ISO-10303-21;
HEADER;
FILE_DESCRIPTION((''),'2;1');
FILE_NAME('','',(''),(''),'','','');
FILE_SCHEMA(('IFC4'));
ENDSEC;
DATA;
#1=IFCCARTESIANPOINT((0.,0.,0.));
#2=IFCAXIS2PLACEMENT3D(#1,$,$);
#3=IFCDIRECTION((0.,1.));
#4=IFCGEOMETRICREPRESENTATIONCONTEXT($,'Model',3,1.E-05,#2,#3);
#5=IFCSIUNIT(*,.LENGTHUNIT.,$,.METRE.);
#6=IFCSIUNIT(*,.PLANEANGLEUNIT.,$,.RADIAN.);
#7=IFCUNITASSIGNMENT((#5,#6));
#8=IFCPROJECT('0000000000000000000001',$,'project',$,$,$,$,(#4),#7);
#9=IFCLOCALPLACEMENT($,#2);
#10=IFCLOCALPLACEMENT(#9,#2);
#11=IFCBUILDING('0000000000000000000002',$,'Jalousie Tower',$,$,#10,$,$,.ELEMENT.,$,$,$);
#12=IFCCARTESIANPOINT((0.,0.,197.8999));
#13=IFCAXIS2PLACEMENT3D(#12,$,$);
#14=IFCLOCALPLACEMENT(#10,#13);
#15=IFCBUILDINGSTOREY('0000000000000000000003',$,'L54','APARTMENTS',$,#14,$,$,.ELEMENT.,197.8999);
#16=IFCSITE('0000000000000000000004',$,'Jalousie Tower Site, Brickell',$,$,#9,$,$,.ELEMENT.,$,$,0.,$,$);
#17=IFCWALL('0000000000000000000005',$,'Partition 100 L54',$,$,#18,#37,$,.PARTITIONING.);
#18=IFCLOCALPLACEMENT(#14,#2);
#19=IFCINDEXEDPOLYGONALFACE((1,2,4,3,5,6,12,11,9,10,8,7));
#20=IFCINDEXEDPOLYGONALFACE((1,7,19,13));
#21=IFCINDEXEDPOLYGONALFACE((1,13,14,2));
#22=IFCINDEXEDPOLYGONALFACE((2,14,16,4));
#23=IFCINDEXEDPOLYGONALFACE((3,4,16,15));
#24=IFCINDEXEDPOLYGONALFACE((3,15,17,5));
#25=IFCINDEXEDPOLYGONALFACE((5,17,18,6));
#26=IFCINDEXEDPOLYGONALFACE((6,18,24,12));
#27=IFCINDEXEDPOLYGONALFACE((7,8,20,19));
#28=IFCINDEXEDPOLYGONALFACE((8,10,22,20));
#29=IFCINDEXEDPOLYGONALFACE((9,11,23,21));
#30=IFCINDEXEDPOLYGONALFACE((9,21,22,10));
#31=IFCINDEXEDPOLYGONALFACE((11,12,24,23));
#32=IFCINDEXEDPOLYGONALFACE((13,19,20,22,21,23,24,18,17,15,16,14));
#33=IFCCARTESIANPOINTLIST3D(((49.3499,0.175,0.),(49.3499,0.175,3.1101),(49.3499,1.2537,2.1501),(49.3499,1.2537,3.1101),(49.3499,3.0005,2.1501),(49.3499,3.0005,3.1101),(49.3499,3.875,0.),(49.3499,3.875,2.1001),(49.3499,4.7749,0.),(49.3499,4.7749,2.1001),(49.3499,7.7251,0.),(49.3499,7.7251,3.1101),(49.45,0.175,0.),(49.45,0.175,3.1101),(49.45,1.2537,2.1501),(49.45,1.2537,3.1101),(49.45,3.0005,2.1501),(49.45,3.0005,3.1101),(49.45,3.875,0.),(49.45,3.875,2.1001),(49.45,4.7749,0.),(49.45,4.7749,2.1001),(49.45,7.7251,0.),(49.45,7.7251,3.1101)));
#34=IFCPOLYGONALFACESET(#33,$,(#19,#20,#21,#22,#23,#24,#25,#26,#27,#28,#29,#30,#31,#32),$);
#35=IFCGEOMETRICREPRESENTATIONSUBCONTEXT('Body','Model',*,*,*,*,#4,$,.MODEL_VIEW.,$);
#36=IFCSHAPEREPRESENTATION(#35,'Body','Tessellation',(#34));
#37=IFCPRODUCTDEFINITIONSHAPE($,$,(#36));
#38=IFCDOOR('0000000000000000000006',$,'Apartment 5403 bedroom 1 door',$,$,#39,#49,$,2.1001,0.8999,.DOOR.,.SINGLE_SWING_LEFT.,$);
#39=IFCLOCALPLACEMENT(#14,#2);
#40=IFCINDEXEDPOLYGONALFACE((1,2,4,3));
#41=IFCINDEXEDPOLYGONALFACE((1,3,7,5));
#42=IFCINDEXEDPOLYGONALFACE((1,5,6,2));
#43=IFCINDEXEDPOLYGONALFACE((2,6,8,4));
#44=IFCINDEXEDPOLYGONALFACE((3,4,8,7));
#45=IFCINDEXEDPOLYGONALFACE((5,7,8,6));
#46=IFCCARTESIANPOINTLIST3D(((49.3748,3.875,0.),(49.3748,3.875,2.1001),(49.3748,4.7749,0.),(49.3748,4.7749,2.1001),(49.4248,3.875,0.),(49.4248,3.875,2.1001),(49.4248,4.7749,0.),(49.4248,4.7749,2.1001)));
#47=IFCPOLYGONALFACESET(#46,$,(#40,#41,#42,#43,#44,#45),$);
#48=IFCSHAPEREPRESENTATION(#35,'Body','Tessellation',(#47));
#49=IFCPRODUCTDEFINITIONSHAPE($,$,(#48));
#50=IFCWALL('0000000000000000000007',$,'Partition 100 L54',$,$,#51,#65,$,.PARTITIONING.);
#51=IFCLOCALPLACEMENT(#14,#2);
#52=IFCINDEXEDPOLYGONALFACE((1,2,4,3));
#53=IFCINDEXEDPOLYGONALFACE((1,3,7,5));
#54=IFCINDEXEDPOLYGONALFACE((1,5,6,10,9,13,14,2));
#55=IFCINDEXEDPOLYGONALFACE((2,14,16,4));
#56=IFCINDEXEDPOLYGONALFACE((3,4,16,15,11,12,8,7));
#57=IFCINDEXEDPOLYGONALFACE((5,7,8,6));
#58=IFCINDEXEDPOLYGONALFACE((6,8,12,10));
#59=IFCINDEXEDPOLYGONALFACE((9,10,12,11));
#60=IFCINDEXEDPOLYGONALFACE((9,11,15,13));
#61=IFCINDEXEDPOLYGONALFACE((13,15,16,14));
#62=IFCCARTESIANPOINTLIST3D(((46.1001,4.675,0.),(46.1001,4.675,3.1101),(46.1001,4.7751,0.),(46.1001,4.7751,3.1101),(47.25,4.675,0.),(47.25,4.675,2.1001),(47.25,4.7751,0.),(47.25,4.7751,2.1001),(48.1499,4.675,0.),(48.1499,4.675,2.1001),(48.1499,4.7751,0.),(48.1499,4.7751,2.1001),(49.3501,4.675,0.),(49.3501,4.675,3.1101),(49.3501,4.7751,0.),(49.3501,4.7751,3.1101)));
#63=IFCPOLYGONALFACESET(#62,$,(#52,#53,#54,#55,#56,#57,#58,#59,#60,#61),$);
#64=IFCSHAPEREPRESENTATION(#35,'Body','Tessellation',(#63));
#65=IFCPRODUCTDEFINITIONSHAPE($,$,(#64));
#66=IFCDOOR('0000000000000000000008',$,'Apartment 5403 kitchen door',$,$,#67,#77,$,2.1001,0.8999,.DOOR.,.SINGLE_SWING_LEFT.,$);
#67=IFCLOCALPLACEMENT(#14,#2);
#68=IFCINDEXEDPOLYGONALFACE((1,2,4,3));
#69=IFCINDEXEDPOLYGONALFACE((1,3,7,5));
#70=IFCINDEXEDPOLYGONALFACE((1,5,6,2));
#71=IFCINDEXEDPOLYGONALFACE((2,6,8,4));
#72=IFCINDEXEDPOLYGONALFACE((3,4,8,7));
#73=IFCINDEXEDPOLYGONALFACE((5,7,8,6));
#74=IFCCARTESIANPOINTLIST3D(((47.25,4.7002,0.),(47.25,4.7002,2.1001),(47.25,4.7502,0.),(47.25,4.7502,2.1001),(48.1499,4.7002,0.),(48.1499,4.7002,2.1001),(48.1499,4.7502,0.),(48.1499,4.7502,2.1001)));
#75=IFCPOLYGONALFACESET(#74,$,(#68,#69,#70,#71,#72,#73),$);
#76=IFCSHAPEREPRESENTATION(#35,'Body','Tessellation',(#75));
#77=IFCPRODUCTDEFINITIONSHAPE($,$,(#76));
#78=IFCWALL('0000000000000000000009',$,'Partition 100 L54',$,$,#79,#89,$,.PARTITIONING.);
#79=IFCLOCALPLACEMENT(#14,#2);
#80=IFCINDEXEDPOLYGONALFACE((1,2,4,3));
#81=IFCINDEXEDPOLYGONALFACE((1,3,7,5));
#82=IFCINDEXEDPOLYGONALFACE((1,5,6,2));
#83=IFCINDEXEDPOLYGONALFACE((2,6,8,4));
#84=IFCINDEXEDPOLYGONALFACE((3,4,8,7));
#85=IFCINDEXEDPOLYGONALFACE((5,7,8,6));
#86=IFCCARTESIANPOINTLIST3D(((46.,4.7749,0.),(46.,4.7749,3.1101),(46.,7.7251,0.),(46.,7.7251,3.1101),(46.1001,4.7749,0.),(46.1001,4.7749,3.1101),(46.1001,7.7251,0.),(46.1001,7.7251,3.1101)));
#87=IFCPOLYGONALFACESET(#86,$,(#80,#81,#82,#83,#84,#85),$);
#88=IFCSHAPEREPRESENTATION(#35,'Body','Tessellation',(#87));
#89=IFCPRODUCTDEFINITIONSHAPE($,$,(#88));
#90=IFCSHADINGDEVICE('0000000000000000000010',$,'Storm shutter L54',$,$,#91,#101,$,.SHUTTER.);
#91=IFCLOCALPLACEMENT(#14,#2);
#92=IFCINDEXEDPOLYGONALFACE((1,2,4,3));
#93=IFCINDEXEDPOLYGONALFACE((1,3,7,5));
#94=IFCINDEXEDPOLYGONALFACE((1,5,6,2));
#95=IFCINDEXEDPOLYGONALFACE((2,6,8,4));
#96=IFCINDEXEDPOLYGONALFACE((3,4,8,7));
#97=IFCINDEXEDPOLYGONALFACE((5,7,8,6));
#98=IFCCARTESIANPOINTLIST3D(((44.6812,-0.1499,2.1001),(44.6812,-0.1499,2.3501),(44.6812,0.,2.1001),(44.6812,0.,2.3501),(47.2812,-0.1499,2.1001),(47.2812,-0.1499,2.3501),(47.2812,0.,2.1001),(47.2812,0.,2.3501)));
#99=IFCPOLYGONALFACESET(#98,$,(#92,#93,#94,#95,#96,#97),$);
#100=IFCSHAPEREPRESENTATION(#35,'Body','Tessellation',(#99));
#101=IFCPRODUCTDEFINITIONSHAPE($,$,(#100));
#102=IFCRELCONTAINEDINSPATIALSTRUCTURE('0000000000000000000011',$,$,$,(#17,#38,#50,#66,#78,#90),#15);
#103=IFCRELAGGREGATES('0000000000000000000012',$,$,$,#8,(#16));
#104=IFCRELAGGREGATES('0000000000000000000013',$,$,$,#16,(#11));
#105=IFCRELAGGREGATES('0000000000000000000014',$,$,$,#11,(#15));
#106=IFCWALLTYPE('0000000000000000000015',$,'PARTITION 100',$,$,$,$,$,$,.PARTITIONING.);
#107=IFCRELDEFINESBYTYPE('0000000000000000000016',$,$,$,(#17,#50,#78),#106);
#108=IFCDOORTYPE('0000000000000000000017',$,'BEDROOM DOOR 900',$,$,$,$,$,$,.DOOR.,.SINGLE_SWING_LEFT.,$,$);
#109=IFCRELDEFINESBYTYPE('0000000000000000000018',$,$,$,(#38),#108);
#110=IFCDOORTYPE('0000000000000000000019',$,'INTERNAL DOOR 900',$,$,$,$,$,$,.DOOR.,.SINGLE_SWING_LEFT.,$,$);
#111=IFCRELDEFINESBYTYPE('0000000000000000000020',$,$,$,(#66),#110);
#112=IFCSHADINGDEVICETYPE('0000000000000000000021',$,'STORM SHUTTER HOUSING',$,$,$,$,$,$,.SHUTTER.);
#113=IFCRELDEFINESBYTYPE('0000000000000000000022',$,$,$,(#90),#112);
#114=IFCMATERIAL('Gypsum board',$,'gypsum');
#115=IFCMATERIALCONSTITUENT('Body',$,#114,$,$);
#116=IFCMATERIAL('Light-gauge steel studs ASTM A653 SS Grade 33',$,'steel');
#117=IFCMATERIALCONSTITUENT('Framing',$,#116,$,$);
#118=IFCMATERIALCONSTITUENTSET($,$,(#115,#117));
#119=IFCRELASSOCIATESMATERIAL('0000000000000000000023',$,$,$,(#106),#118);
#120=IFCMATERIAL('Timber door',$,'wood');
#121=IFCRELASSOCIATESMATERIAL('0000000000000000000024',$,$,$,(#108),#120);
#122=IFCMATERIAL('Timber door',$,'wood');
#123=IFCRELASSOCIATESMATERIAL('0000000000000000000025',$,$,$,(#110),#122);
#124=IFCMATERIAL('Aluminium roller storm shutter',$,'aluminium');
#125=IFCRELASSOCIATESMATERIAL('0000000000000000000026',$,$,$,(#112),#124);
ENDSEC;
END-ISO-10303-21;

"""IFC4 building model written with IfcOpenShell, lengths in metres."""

from ifc_helpers import new_model, si_unit, direction, frame, frame_2d, origin, origin_2d, place, context, subcontext, project, spatial, polyline, rectangle, outline, extrude, material, constituent, constituent_set, type_object, element, fill, save


model = new_model("IFC4")

# Units and contexts
model_context = context("Model", 3, precision=1e-05, world=origin(), true_north=direction((0.0, 1.0)))
body_context = subcontext(model_context, "Body", "Model", "MODEL_VIEW")
ifc_project = project(units=[si_unit("LENGTHUNIT", "METRE"), si_unit("PLANEANGLEUNIT", "RADIAN")], contexts=[model_context])

# Site, building, storey
site_placement = place(None, origin())
site = spatial("IfcSite", under=ifc_project, at=site_placement, Name="Jalousie Tower Site, Brickell", CompositionType="ELEMENT", RefElevation=0.0)
building_placement = place(site_placement, origin())
building = spatial("IfcBuilding", under=site, at=building_placement, Name="Jalousie Tower", CompositionType="ELEMENT")
storey_placement = place(building_placement, frame((0.0, 0.0, 197.8999)))
storey = spatial("IfcBuildingStorey", under=building, at=storey_placement, Name="L54", Description="APARTMENTS", CompositionType="ELEMENT", Elevation=197.8999)

# Walls, openings, doors
ifc_material_1 = material(Name="Gypsum board", Category="gypsum")
ifc_constituent_1 = constituent(ifc_material_1, Name="Body")
ifc_material_2 = material(Name="Light-gauge steel studs ASTM A653 SS Grade 33", Category="steel")
ifc_constituent_2 = constituent(ifc_material_2, Name="Framing")
ifc_constituent_set_1 = constituent_set(constituents=[ifc_constituent_1, ifc_constituent_2])
wall_type_1 = type_object("IfcWallType", Name="PARTITION 100", PredefinedType="PARTITIONING", material=ifc_constituent_set_1)
wall_1_placement = place(storey_placement, frame((49.3999, 0.175, 0.0), z_axis=(0.0, 0.0, 1.0), x_axis=(0.0, 1.0, 0.0)))
wall_1 = element("IfcWall", 1, at=wall_1_placement, inside=storey, type_object=wall_type_1, Name="Partition 100 L54", PredefinedType="PARTITIONING", context=body_context, shape_type="SweptSolid", body=[
    extrude(outline(polyline([(0.0, 0.0), (7.55, 0.0), (7.55, 3.1101), (2.8254, 3.1101), (2.8254, 2.1501), (1.0786, 2.1501), (1.0786, 3.1101), (0.0, 3.1101), (0.0, 0.0)])), frame((0.0, 0.05, 0.0), z_axis=(0.0, -1.0, 0.0), x_axis=(1.0, 0.0, 0.0)), (0.0, 0.0, 1.0), 0.1001),
])
opening_1_placement = place(wall_1_placement, frame((3.7, 0.0, 0.0)))
opening_1 = element("IfcOpeningElement", 2, at=opening_1_placement, cuts=wall_1, PredefinedType="OPENING", context=body_context, shape_type="SweptSolid", body=[
    extrude(rectangle(XDim=0.8999, YDim=2.1001, at=frame_2d((0.45, 1.05))), frame((0.0, 0.0601, 0.0), z_axis=(0.0, -1.0, 0.0), x_axis=(1.0, 0.0, 0.0)), (0.0, 0.0, 1.0), 0.1201),
])
ifc_material_3 = material(Name="Timber door", Category="wood")
door_type_1 = type_object("IfcDoorType", Name="BEDROOM DOOR 900", OperationType="SINGLE_SWING_LEFT", PredefinedType="DOOR", material=ifc_material_3)
door_1_placement = place(opening_1_placement, frame((0.8999, 0.0, 0.0), z_axis=(0.0, 0.0, 1.0), x_axis=(-1.0, 0.0, 0.0)))
door_1 = element("IfcDoor", 3, at=door_1_placement, inside=storey, type_object=door_type_1, Name="Apartment 5403 bedroom 1 door", OperationType="SINGLE_SWING_LEFT", OverallHeight=2.1001, OverallWidth=0.8999, PredefinedType="DOOR", context=body_context, shape_type="SweptSolid", body=[
    extrude(rectangle(XDim=0.8999, YDim=2.1001, at=frame_2d((0.45, 1.05))), frame((0.0, 0.0249, 0.0), z_axis=(0.0, -1.0, 0.0), x_axis=(1.0, 0.0, 0.0)), (0.0, 0.0, 1.0), 0.05),
])
fill(opening_1, door_1)
wall_2_placement = place(storey_placement, frame((46.1001, 4.7251, 0.0), z_axis=(0.0, 0.0, 1.0), x_axis=(1.0, 0.0, 0.0)))
wall_2 = element("IfcWall", 4, at=wall_2_placement, inside=storey, type_object=wall_type_1, Name="Partition 100 L54", PredefinedType="PARTITIONING", context=body_context, shape_type="SweptSolid", body=[
    extrude(rectangle(XDim=3.25, YDim=0.1001, at=frame_2d((1.625, 0.0))), origin(), (0.0, 0.0, 1.0), 3.1101),
])
opening_2_placement = place(wall_2_placement, frame((1.1499, 0.0, 0.0)))
opening_2 = element("IfcOpeningElement", 5, at=opening_2_placement, cuts=wall_2, PredefinedType="OPENING", context=body_context, shape_type="SweptSolid", body=[
    extrude(rectangle(XDim=0.8999, YDim=2.1001, at=frame_2d((0.45, 1.05))), frame((0.0, 0.0601, 0.0), z_axis=(0.0, -1.0, 0.0), x_axis=(1.0, 0.0, 0.0)), (0.0, 0.0, 1.0), 0.1201),
])
ifc_material_4 = material(Name="Timber door", Category="wood")
door_type_2 = type_object("IfcDoorType", Name="INTERNAL DOOR 900", OperationType="SINGLE_SWING_LEFT", PredefinedType="DOOR", material=ifc_material_4)
door_2_placement = place(opening_2_placement, frame((0.8999, 0.0, 0.0), z_axis=(0.0, 0.0, 1.0), x_axis=(-1.0, 0.0, 0.0)))
door_2 = element("IfcDoor", 6, at=door_2_placement, inside=storey, type_object=door_type_2, Name="Apartment 5403 kitchen door", OperationType="SINGLE_SWING_LEFT", OverallHeight=2.1001, OverallWidth=0.8999, PredefinedType="DOOR", context=body_context, shape_type="SweptSolid", body=[
    extrude(rectangle(XDim=0.8999, YDim=2.1001, at=frame_2d((0.45, 1.05))), frame((0.0, 0.0249, 0.0), z_axis=(0.0, -1.0, 0.0), x_axis=(1.0, 0.0, 0.0)), (0.0, 0.0, 1.0), 0.05),
])
fill(opening_2, door_2)

# Wall
wall_3_placement = place(storey_placement, frame((46.05, 4.7749, 0.0), z_axis=(0.0, 0.0, 1.0), x_axis=(0.0, 1.0, 0.0)))
element("IfcWall", 7, at=wall_3_placement, inside=storey, type_object=wall_type_1, Name="Partition 100 L54", PredefinedType="PARTITIONING", context=body_context, shape_type="SweptSolid", body=[
    extrude(rectangle(XDim=2.9502, YDim=0.1001, at=frame_2d((1.4751, 0.0))), origin(), (0.0, 0.0, 1.0), 3.1101),
])

# Shading device
ifc_material_5 = material(Name="Aluminium roller storm shutter", Category="aluminium")
shading_device_type = type_object("IfcShadingDeviceType", Name="STORM SHUTTER HOUSING", PredefinedType="SHUTTER", material=ifc_material_5)
shading_device_placement = place(storey_placement, frame((45.9812, -0.075, 2.1001), z_axis=(0.0, 0.0, 1.0), x_axis=(1.0, 0.0, 0.0)))
element("IfcShadingDevice", 8, at=shading_device_placement, inside=storey, type_object=shading_device_type, Name="Storm shutter L54", PredefinedType="SHUTTER", context=body_context, shape_type="SweptSolid", body=[
    extrude(rectangle(XDim=2.6001, YDim=0.1499, at=origin_2d()), origin(), (0.0, 0.0, 1.0), 0.25),
])

save(model, "model.ifc")
